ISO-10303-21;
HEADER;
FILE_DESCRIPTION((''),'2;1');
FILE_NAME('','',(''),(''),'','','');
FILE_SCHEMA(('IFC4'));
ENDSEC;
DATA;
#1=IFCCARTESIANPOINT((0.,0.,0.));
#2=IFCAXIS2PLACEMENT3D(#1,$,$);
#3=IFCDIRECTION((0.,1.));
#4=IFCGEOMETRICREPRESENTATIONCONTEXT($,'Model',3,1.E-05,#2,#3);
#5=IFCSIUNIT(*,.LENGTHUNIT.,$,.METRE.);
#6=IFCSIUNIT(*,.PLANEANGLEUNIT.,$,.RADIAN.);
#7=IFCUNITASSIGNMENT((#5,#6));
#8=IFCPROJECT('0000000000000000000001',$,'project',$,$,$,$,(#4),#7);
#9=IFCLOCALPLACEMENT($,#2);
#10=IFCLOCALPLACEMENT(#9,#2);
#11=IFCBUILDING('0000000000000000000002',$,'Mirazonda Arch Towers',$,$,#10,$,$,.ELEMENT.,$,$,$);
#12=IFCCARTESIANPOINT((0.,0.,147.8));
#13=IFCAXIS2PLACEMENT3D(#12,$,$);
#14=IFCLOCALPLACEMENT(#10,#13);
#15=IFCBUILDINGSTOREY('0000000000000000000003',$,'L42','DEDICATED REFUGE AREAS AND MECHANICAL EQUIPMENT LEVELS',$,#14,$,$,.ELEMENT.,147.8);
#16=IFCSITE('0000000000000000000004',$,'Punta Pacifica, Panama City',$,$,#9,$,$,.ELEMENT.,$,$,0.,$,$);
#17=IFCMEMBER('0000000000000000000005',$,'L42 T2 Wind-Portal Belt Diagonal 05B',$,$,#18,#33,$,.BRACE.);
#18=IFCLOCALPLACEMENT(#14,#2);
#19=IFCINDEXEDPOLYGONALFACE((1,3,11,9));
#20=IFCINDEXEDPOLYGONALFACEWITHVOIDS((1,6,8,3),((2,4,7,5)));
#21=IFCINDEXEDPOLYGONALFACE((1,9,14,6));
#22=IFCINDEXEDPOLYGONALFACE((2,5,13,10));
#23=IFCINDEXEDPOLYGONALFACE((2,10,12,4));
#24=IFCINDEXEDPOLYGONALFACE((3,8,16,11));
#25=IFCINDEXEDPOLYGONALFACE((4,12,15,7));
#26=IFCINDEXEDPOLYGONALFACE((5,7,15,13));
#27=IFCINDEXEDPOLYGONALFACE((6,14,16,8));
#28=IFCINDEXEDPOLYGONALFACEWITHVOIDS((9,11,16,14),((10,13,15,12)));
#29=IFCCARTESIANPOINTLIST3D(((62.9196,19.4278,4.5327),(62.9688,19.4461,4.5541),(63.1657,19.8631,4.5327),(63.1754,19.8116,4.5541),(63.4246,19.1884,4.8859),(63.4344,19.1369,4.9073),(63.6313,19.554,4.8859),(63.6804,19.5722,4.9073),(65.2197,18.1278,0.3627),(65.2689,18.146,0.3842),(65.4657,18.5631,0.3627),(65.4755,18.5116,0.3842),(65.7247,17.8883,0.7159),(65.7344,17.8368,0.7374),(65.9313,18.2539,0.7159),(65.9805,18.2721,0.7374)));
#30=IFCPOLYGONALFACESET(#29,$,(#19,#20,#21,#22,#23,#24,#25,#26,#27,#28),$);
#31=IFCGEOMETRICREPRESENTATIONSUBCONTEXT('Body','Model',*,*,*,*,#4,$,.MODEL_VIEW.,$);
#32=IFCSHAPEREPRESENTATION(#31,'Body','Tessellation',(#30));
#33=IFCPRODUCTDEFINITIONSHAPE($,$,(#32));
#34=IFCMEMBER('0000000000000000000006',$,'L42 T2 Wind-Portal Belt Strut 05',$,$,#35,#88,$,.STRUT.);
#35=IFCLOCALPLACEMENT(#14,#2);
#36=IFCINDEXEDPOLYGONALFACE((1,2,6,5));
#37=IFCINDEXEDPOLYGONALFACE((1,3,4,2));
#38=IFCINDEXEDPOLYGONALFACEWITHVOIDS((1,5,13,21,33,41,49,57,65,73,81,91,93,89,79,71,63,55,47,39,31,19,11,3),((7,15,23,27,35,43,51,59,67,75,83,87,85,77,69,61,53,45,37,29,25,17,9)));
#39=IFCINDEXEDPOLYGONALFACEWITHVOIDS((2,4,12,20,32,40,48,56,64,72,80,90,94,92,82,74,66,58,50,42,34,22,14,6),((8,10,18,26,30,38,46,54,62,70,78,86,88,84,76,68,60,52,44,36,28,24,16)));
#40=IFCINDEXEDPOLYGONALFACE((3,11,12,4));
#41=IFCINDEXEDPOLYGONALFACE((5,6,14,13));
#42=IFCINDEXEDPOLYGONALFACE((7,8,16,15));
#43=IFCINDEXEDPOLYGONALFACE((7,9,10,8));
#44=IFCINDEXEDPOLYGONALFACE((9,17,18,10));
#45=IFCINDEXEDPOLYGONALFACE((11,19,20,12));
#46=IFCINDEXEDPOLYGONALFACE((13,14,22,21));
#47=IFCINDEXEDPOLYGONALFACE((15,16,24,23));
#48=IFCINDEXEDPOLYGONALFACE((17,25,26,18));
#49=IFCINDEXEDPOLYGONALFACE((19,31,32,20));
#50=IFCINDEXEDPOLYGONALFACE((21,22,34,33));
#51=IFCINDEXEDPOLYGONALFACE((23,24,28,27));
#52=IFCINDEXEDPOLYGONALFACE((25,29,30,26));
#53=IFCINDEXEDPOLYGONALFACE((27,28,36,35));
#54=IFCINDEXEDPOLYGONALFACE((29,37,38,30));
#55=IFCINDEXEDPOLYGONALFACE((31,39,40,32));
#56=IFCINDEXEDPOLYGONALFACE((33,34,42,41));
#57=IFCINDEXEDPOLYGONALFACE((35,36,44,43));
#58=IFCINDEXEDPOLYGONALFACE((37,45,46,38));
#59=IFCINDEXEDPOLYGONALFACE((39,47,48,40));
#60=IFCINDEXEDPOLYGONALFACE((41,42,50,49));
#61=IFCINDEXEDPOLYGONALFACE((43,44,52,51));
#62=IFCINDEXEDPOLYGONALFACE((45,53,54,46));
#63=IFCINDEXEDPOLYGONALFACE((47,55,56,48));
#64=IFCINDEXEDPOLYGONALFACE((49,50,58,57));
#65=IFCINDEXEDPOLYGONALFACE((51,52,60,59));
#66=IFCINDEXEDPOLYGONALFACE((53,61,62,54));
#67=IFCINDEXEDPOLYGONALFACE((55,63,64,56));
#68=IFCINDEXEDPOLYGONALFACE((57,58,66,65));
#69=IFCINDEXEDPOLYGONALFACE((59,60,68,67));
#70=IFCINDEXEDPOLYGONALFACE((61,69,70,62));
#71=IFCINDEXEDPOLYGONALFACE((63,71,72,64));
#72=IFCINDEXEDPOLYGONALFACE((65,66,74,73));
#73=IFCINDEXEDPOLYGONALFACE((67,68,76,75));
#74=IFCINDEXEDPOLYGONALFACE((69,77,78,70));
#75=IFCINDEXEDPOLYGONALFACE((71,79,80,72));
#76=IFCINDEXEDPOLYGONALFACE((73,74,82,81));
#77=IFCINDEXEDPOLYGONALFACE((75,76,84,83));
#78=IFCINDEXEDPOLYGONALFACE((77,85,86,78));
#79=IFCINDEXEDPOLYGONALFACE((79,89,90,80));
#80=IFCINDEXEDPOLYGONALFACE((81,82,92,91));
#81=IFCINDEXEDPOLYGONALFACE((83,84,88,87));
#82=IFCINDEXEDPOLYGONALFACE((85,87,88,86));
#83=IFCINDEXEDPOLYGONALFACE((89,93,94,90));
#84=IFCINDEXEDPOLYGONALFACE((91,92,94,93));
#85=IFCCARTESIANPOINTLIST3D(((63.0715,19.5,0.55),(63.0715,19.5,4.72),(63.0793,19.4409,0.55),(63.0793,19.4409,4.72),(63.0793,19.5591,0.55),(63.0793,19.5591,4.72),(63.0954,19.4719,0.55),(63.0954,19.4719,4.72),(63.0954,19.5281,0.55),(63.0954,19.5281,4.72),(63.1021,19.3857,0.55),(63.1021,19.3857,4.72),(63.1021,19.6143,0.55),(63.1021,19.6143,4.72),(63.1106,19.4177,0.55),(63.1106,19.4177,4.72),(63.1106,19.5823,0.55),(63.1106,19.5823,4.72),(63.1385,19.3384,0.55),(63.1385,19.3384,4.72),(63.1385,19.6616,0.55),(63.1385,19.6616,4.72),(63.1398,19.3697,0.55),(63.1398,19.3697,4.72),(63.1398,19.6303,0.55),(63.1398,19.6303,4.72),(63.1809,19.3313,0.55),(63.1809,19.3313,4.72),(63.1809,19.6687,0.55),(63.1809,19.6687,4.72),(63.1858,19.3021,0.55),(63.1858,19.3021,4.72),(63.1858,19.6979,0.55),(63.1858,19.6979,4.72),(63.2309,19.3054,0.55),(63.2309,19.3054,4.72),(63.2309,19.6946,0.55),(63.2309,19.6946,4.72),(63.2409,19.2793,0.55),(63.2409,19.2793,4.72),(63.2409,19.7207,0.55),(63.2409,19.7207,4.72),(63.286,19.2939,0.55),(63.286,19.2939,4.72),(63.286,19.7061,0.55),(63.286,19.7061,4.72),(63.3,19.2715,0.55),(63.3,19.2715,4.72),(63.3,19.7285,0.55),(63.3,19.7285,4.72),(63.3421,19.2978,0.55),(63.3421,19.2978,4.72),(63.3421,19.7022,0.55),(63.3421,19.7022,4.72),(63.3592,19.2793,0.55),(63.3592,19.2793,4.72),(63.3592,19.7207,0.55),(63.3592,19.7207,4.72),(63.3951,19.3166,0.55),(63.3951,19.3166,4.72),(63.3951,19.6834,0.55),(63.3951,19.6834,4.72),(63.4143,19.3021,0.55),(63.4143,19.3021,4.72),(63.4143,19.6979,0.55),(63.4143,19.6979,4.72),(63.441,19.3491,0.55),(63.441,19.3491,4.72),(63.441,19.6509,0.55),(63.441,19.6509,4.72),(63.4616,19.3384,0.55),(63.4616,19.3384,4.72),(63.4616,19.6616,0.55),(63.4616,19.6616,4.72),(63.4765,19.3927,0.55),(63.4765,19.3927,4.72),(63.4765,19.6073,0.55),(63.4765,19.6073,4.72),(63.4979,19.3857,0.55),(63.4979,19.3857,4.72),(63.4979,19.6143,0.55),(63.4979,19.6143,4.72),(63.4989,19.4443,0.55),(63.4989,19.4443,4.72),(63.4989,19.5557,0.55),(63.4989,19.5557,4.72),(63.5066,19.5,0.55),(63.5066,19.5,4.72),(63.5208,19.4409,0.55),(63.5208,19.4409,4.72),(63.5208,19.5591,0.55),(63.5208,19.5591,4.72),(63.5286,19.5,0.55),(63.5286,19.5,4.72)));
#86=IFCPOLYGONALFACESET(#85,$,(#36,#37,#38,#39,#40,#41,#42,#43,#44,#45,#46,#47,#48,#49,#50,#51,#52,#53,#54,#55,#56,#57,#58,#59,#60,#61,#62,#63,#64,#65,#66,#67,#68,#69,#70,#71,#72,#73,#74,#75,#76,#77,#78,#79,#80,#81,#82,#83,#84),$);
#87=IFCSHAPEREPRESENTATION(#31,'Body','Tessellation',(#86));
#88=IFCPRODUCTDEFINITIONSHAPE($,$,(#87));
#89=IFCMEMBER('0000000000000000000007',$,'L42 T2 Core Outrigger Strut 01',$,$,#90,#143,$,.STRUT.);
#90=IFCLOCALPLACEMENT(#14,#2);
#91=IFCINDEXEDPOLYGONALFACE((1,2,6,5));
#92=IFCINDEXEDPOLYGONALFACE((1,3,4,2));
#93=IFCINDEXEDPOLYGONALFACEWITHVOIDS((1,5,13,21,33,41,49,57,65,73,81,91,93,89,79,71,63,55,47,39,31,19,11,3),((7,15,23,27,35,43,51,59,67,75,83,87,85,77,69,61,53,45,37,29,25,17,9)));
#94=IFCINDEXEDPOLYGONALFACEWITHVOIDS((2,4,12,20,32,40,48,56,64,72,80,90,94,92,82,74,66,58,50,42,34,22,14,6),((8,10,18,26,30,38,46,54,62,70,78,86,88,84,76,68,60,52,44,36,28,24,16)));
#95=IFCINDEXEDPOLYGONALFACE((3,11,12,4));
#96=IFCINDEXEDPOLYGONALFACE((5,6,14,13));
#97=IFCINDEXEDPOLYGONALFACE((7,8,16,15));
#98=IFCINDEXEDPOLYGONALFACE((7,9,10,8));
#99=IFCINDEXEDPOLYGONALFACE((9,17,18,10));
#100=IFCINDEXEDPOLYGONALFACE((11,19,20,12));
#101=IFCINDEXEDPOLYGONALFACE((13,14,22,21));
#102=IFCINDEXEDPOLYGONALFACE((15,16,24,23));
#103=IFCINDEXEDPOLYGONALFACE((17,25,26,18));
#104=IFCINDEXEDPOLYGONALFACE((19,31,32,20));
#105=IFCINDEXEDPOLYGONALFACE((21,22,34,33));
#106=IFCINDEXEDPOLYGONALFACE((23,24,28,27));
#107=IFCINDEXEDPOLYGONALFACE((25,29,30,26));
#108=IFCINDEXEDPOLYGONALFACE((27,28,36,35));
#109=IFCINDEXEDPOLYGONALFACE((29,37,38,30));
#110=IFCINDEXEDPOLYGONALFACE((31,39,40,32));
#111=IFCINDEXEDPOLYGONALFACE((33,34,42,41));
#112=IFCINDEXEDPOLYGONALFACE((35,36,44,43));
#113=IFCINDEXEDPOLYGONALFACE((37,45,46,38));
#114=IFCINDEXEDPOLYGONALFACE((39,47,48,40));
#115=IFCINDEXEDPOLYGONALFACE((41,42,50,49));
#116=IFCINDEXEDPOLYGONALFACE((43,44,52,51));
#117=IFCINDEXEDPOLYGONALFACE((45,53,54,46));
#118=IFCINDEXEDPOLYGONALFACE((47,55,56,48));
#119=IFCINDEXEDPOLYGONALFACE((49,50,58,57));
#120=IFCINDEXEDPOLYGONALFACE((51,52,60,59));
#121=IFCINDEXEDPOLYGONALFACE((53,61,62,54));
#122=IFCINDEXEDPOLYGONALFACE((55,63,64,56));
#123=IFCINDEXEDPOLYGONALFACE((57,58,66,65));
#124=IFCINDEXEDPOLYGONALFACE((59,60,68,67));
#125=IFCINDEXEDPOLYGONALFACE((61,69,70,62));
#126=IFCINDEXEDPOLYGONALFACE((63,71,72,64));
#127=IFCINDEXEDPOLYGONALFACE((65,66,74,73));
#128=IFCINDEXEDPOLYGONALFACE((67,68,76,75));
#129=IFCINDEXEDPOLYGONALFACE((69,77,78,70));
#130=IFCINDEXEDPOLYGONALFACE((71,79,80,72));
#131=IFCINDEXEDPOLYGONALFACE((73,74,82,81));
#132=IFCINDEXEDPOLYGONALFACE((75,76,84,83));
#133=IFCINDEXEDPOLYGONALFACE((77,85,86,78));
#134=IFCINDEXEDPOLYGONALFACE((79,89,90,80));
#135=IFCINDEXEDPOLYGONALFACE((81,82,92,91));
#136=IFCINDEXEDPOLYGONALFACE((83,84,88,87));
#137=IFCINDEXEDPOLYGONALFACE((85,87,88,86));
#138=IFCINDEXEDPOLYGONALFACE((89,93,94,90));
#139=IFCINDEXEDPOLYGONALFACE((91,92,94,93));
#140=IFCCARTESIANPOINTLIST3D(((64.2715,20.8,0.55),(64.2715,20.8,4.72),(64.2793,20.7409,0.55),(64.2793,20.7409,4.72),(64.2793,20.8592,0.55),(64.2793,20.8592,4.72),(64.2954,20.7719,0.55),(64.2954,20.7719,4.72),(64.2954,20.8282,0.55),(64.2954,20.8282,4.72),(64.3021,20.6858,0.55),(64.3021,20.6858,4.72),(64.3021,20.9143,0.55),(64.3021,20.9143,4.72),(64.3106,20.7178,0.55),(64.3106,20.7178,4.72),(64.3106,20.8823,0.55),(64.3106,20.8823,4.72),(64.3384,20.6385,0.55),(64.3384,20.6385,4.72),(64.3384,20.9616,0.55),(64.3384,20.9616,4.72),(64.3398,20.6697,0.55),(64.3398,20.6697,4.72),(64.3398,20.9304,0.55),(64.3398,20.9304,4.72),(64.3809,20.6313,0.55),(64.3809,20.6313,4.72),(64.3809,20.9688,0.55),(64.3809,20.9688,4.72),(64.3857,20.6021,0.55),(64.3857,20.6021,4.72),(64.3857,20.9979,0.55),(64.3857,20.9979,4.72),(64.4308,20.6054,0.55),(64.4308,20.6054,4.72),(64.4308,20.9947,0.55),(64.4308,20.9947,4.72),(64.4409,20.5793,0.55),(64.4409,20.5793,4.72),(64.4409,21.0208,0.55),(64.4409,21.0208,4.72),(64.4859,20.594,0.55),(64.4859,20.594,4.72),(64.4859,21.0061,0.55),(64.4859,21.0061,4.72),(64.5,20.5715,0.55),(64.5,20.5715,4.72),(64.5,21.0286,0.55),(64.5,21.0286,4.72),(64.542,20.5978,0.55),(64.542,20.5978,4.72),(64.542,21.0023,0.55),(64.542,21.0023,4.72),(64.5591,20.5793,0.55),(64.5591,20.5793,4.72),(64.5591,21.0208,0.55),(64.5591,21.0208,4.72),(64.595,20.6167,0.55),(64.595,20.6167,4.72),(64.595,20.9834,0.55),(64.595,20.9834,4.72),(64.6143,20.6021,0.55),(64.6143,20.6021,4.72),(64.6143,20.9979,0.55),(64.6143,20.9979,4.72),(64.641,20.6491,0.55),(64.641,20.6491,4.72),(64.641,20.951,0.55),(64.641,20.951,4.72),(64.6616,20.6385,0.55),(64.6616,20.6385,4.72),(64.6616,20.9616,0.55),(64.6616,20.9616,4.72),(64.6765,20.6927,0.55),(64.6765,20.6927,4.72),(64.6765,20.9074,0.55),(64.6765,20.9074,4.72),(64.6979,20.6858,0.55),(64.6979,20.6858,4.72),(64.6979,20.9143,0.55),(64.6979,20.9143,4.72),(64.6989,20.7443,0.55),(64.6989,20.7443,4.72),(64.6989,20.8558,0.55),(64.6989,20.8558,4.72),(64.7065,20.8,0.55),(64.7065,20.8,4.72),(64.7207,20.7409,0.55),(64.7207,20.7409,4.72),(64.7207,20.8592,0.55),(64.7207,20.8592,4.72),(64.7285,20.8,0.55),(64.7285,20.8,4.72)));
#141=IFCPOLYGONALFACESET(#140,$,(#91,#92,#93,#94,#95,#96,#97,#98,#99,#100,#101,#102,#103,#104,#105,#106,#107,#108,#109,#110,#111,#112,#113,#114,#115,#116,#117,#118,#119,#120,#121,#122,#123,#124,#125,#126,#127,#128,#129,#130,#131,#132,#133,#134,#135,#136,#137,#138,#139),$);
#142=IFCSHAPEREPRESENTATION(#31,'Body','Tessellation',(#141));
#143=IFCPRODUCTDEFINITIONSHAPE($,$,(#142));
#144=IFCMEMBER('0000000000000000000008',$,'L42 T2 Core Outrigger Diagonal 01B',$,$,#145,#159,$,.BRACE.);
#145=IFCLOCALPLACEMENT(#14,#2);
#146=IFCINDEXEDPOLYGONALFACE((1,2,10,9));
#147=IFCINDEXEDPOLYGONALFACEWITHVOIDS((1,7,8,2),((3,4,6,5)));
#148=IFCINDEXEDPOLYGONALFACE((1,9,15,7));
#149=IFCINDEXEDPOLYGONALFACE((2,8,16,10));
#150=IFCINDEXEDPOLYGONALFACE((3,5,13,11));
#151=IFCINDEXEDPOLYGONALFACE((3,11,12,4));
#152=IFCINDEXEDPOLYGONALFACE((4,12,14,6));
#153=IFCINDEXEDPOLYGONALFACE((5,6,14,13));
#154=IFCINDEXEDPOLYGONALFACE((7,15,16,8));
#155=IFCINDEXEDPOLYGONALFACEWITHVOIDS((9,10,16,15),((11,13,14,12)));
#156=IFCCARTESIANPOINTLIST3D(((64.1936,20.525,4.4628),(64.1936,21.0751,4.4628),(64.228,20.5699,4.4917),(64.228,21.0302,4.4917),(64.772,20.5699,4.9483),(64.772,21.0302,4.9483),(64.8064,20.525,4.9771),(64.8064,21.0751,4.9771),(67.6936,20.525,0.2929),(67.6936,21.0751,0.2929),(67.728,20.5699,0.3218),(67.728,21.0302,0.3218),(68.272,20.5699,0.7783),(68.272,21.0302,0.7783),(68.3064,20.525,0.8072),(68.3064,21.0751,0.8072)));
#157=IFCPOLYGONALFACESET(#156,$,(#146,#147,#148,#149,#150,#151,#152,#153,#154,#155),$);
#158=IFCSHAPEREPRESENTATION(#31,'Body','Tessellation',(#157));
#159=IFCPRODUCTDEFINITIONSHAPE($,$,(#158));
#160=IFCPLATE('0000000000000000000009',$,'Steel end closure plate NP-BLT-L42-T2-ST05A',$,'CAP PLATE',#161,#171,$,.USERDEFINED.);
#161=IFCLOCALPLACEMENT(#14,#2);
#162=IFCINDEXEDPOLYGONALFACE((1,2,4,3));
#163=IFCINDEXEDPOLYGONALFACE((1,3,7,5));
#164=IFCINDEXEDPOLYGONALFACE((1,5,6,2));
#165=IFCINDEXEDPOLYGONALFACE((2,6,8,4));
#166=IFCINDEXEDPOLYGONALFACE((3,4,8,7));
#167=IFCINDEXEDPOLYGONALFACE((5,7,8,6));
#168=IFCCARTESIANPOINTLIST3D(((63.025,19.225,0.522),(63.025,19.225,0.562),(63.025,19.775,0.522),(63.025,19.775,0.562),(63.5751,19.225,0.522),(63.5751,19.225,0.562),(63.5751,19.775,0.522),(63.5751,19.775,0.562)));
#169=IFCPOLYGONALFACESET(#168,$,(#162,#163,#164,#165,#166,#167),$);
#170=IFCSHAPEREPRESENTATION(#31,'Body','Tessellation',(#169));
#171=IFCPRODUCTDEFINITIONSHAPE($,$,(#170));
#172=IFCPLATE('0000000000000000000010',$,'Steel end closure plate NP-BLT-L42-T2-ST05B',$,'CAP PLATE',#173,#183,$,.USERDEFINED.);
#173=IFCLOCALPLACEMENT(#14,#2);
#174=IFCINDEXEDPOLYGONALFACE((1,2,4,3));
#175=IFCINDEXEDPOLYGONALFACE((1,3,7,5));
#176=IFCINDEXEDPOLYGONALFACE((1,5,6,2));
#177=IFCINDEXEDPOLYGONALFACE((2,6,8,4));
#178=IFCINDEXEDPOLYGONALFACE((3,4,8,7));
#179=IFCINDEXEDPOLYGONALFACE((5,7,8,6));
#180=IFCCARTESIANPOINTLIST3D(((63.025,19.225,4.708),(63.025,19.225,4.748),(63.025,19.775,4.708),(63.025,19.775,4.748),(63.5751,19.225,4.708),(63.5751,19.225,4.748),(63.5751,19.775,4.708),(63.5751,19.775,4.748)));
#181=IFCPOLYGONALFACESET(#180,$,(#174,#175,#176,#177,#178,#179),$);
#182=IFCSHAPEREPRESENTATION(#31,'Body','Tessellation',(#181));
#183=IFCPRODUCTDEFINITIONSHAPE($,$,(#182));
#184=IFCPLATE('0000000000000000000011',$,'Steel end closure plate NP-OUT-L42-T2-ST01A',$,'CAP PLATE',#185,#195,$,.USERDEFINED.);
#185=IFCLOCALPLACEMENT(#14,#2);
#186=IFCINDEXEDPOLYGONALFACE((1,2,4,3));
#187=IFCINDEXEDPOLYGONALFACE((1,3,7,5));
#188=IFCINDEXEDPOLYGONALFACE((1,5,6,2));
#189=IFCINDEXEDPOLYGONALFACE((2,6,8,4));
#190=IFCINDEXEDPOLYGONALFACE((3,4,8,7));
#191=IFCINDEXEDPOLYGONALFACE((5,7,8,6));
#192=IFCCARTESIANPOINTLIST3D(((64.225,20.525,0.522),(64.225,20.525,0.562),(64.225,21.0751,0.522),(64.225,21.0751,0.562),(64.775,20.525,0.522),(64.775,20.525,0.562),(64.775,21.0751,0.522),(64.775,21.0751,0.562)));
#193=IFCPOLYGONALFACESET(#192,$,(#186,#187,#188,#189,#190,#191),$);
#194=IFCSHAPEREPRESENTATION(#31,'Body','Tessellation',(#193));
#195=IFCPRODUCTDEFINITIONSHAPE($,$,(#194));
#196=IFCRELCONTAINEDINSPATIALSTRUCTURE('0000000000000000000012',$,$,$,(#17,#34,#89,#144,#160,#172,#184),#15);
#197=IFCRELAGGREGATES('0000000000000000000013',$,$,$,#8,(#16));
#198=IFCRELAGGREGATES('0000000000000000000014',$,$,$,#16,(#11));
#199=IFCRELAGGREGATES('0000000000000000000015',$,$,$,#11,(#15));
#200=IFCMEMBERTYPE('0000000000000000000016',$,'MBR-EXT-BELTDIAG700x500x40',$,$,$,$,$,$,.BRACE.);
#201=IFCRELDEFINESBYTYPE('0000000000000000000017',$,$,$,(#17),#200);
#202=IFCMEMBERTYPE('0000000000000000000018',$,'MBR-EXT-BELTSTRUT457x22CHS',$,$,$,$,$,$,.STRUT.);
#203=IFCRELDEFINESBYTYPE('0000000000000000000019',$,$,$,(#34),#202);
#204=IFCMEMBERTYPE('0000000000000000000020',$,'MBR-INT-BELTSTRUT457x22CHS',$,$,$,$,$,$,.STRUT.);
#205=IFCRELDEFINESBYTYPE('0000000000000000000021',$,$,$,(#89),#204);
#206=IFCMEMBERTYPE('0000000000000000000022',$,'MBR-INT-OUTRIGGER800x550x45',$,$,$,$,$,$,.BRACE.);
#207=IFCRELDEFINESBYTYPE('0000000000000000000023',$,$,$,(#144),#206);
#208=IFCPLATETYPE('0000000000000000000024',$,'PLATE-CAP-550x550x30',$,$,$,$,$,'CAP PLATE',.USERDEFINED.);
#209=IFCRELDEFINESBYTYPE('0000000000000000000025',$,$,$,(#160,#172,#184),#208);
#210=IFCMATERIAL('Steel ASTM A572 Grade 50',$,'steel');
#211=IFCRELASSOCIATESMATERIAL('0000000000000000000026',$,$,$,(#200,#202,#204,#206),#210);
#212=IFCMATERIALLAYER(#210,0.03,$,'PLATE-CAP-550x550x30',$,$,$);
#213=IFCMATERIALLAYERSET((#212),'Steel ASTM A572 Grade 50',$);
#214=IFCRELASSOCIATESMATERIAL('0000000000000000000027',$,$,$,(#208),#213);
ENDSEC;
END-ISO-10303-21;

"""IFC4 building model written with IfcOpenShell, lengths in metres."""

from ifc_helpers import new_model, si_unit, direction, frame, origin, origin_2d, place, context, subcontext, project, spatial, rectangle, hollow_rectangle, hollow_circle, extrude, material, layer, layer_set, material_profile, profile_set, type_object, element, save


model = new_model("IFC4")

# Units and contexts
model_context = context("Model", 3, precision=1e-05, world=origin(), true_north=direction((0.0, 1.0)))
body_context = subcontext(model_context, "Body", "Model", "MODEL_VIEW")
ifc_project = project(units=[si_unit("LENGTHUNIT", "METRE"), si_unit("PLANEANGLEUNIT", "RADIAN")], contexts=[model_context])

# Site, building, storey
site_placement = place(None, origin())
site = spatial("IfcSite", under=ifc_project, at=site_placement, Name="Punta Pacifica, Panama City", CompositionType="ELEMENT", RefElevation=0.0)
building_placement = place(site_placement, origin())
building = spatial("IfcBuilding", under=site, at=building_placement, Name="Mirazonda Arch Towers", CompositionType="ELEMENT")
storey_placement = place(building_placement, frame((0.0, 0.0, 147.8)))
storey = spatial("IfcBuildingStorey", under=building, at=storey_placement, Name="L42", Description="DEDICATED REFUGE AREAS AND MECHANICAL EQUIPMENT LEVELS", CompositionType="ELEMENT", Elevation=147.8)

# Members
ifc_material_1 = material(Name="Steel ASTM A572 Grade 50", Category="steel")
ifc_material_profile_1 = material_profile(ifc_material_1, hollow_rectangle(XDim=0.5, YDim=0.7, WallThickness=0.04, at=origin_2d()), Name="BELTDIAG700x500x40")
ifc_profile_set_1 = profile_set([ifc_material_profile_1], Name="Steel ASTM A572 Grade 50")
member_type_1 = type_object("IfcMemberType", Name="MBR-EXT-BELTDIAG700x500x40", PredefinedType="BRACE", material=ifc_profile_set_1)
member_1_placement = place(storey_placement, frame((65.6001, 18.2, 0.55), z_axis=(-0.465931, 0.263357, 0.84472), x_axis=(-0.492063, -0.870559, 0.0)))
element("IfcMember", 1, at=member_1_placement, inside=storey, type_object=member_type_1, Name="L42 T2 Wind-Portal Belt Diagonal 05B", PredefinedType="BRACE", context=body_context, shape_type="SweptSolid", body=[
    extrude(hollow_rectangle(XDim=0.5, YDim=0.7, WallThickness=0.04, at=origin_2d()), origin(), (0.0, 0.0, 1.0), 4.9365),
])
ifc_material_profile_2 = material_profile(ifc_material_1, hollow_circle(Radius=0.2285, WallThickness=0.022, at=origin_2d()), Name="BELTSTRUT457x22CHS")
ifc_profile_set_2 = profile_set([ifc_material_profile_2], Name="Steel ASTM A572 Grade 50")
member_type_2 = type_object("IfcMemberType", Name="MBR-EXT-BELTSTRUT457x22CHS", PredefinedType="STRUT", material=ifc_profile_set_2)
member_2_placement = place(storey_placement, frame((63.3, 19.5, 0.55), z_axis=(0.0, 0.0, 1.0), x_axis=(1.0, 0.0, 0.0)))
element("IfcMember", 2, at=member_2_placement, inside=storey, type_object=member_type_2, Name="L42 T2 Wind-Portal Belt Strut 05", PredefinedType="STRUT", context=body_context, shape_type="SweptSolid", body=[
    extrude(hollow_circle(Radius=0.2285, WallThickness=0.022, at=origin_2d()), origin(), (0.0, 0.0, 1.0), 4.1699),
])
ifc_material_profile_3 = material_profile(ifc_material_1, hollow_circle(Radius=0.2285, WallThickness=0.022, at=origin_2d()), Name="BELTSTRUT457x22CHS")
ifc_profile_set_3 = profile_set([ifc_material_profile_3], Name="Steel ASTM A572 Grade 50")
member_type_3 = type_object("IfcMemberType", Name="MBR-INT-BELTSTRUT457x22CHS", PredefinedType="STRUT", material=ifc_profile_set_3)
member_3_placement = place(storey_placement, frame((64.5, 20.8, 0.55), z_axis=(0.0, 0.0, 1.0), x_axis=(1.0, 0.0, 0.0)))
element("IfcMember", 3, at=member_3_placement, inside=storey, type_object=member_type_3, Name="L42 T2 Core Outrigger Strut 01", PredefinedType="STRUT", context=body_context, shape_type="SweptSolid", body=[
    extrude(hollow_circle(Radius=0.2285, WallThickness=0.022, at=origin_2d()), origin(), (0.0, 0.0, 1.0), 4.1699),
])
ifc_material_profile_4 = material_profile(ifc_material_1, hollow_rectangle(XDim=0.55, YDim=0.8, WallThickness=0.0449, at=origin_2d()), Name="OUTRIGGER800x550x45")
ifc_profile_set_4 = profile_set([ifc_material_profile_4], Name="Steel ASTM A572 Grade 50")
member_type_4 = type_object("IfcMemberType", Name="MBR-INT-OUTRIGGER800x550x45", PredefinedType="BRACE", material=ifc_profile_set_4)
member_4_placement = place(storey_placement, frame((68.0, 20.8, 0.55), z_axis=(-0.642898, 0.0, 0.765952), x_axis=(0.0, -1.0, 0.0)))
element("IfcMember", 4, at=member_4_placement, inside=storey, type_object=member_type_4, Name="L42 T2 Core Outrigger Diagonal 01B", PredefinedType="BRACE", context=body_context, shape_type="SweptSolid", body=[
    extrude(hollow_rectangle(XDim=0.55, YDim=0.8, WallThickness=0.0449, at=origin_2d()), origin(), (0.0, 0.0, 1.0), 5.4441),
])

# Plates
ifc_layer_1 = layer(ifc_material_1, 0.03, Name="PLATE-CAP-550x550x30")
ifc_layer_set_1 = layer_set([ifc_layer_1], Name="Steel ASTM A572 Grade 50")
plate_type_1 = type_object("IfcPlateType", Name="PLATE-CAP-550x550x30", ElementType="CAP PLATE", PredefinedType="USERDEFINED", material=ifc_layer_set_1)
for number, where, z_axis, x_axis, name in (
    (5, (63.3, 19.5, 0.522), (0.0, 0.0, 1.0), (1.0, 0.0, 0.0), "Steel end closure plate NP-BLT-L42-T2-ST05A"),
    (6, (63.3, 19.5, 4.708), (0.0, 0.0, 1.0), (1.0, 0.0, 0.0), "Steel end closure plate NP-BLT-L42-T2-ST05B"),
    (7, (64.5, 20.8, 0.522), (0.0, 0.0, 1.0), (1.0, 0.0, 0.0), "Steel end closure plate NP-OUT-L42-T2-ST01A"),
):
    element("IfcPlate", number, at=place(storey_placement, frame(where, z_axis=z_axis, x_axis=x_axis)), inside=storey, type_object=plate_type_1, Name=name, ObjectType="CAP PLATE", PredefinedType="USERDEFINED", context=body_context, shape_type="SweptSolid", body=[
        extrude(rectangle(XDim=0.55, YDim=0.55, at=origin_2d()), origin(), (0.0, 0.0, 1.0), 0.04),
    ])

save(model, "model.ifc")
